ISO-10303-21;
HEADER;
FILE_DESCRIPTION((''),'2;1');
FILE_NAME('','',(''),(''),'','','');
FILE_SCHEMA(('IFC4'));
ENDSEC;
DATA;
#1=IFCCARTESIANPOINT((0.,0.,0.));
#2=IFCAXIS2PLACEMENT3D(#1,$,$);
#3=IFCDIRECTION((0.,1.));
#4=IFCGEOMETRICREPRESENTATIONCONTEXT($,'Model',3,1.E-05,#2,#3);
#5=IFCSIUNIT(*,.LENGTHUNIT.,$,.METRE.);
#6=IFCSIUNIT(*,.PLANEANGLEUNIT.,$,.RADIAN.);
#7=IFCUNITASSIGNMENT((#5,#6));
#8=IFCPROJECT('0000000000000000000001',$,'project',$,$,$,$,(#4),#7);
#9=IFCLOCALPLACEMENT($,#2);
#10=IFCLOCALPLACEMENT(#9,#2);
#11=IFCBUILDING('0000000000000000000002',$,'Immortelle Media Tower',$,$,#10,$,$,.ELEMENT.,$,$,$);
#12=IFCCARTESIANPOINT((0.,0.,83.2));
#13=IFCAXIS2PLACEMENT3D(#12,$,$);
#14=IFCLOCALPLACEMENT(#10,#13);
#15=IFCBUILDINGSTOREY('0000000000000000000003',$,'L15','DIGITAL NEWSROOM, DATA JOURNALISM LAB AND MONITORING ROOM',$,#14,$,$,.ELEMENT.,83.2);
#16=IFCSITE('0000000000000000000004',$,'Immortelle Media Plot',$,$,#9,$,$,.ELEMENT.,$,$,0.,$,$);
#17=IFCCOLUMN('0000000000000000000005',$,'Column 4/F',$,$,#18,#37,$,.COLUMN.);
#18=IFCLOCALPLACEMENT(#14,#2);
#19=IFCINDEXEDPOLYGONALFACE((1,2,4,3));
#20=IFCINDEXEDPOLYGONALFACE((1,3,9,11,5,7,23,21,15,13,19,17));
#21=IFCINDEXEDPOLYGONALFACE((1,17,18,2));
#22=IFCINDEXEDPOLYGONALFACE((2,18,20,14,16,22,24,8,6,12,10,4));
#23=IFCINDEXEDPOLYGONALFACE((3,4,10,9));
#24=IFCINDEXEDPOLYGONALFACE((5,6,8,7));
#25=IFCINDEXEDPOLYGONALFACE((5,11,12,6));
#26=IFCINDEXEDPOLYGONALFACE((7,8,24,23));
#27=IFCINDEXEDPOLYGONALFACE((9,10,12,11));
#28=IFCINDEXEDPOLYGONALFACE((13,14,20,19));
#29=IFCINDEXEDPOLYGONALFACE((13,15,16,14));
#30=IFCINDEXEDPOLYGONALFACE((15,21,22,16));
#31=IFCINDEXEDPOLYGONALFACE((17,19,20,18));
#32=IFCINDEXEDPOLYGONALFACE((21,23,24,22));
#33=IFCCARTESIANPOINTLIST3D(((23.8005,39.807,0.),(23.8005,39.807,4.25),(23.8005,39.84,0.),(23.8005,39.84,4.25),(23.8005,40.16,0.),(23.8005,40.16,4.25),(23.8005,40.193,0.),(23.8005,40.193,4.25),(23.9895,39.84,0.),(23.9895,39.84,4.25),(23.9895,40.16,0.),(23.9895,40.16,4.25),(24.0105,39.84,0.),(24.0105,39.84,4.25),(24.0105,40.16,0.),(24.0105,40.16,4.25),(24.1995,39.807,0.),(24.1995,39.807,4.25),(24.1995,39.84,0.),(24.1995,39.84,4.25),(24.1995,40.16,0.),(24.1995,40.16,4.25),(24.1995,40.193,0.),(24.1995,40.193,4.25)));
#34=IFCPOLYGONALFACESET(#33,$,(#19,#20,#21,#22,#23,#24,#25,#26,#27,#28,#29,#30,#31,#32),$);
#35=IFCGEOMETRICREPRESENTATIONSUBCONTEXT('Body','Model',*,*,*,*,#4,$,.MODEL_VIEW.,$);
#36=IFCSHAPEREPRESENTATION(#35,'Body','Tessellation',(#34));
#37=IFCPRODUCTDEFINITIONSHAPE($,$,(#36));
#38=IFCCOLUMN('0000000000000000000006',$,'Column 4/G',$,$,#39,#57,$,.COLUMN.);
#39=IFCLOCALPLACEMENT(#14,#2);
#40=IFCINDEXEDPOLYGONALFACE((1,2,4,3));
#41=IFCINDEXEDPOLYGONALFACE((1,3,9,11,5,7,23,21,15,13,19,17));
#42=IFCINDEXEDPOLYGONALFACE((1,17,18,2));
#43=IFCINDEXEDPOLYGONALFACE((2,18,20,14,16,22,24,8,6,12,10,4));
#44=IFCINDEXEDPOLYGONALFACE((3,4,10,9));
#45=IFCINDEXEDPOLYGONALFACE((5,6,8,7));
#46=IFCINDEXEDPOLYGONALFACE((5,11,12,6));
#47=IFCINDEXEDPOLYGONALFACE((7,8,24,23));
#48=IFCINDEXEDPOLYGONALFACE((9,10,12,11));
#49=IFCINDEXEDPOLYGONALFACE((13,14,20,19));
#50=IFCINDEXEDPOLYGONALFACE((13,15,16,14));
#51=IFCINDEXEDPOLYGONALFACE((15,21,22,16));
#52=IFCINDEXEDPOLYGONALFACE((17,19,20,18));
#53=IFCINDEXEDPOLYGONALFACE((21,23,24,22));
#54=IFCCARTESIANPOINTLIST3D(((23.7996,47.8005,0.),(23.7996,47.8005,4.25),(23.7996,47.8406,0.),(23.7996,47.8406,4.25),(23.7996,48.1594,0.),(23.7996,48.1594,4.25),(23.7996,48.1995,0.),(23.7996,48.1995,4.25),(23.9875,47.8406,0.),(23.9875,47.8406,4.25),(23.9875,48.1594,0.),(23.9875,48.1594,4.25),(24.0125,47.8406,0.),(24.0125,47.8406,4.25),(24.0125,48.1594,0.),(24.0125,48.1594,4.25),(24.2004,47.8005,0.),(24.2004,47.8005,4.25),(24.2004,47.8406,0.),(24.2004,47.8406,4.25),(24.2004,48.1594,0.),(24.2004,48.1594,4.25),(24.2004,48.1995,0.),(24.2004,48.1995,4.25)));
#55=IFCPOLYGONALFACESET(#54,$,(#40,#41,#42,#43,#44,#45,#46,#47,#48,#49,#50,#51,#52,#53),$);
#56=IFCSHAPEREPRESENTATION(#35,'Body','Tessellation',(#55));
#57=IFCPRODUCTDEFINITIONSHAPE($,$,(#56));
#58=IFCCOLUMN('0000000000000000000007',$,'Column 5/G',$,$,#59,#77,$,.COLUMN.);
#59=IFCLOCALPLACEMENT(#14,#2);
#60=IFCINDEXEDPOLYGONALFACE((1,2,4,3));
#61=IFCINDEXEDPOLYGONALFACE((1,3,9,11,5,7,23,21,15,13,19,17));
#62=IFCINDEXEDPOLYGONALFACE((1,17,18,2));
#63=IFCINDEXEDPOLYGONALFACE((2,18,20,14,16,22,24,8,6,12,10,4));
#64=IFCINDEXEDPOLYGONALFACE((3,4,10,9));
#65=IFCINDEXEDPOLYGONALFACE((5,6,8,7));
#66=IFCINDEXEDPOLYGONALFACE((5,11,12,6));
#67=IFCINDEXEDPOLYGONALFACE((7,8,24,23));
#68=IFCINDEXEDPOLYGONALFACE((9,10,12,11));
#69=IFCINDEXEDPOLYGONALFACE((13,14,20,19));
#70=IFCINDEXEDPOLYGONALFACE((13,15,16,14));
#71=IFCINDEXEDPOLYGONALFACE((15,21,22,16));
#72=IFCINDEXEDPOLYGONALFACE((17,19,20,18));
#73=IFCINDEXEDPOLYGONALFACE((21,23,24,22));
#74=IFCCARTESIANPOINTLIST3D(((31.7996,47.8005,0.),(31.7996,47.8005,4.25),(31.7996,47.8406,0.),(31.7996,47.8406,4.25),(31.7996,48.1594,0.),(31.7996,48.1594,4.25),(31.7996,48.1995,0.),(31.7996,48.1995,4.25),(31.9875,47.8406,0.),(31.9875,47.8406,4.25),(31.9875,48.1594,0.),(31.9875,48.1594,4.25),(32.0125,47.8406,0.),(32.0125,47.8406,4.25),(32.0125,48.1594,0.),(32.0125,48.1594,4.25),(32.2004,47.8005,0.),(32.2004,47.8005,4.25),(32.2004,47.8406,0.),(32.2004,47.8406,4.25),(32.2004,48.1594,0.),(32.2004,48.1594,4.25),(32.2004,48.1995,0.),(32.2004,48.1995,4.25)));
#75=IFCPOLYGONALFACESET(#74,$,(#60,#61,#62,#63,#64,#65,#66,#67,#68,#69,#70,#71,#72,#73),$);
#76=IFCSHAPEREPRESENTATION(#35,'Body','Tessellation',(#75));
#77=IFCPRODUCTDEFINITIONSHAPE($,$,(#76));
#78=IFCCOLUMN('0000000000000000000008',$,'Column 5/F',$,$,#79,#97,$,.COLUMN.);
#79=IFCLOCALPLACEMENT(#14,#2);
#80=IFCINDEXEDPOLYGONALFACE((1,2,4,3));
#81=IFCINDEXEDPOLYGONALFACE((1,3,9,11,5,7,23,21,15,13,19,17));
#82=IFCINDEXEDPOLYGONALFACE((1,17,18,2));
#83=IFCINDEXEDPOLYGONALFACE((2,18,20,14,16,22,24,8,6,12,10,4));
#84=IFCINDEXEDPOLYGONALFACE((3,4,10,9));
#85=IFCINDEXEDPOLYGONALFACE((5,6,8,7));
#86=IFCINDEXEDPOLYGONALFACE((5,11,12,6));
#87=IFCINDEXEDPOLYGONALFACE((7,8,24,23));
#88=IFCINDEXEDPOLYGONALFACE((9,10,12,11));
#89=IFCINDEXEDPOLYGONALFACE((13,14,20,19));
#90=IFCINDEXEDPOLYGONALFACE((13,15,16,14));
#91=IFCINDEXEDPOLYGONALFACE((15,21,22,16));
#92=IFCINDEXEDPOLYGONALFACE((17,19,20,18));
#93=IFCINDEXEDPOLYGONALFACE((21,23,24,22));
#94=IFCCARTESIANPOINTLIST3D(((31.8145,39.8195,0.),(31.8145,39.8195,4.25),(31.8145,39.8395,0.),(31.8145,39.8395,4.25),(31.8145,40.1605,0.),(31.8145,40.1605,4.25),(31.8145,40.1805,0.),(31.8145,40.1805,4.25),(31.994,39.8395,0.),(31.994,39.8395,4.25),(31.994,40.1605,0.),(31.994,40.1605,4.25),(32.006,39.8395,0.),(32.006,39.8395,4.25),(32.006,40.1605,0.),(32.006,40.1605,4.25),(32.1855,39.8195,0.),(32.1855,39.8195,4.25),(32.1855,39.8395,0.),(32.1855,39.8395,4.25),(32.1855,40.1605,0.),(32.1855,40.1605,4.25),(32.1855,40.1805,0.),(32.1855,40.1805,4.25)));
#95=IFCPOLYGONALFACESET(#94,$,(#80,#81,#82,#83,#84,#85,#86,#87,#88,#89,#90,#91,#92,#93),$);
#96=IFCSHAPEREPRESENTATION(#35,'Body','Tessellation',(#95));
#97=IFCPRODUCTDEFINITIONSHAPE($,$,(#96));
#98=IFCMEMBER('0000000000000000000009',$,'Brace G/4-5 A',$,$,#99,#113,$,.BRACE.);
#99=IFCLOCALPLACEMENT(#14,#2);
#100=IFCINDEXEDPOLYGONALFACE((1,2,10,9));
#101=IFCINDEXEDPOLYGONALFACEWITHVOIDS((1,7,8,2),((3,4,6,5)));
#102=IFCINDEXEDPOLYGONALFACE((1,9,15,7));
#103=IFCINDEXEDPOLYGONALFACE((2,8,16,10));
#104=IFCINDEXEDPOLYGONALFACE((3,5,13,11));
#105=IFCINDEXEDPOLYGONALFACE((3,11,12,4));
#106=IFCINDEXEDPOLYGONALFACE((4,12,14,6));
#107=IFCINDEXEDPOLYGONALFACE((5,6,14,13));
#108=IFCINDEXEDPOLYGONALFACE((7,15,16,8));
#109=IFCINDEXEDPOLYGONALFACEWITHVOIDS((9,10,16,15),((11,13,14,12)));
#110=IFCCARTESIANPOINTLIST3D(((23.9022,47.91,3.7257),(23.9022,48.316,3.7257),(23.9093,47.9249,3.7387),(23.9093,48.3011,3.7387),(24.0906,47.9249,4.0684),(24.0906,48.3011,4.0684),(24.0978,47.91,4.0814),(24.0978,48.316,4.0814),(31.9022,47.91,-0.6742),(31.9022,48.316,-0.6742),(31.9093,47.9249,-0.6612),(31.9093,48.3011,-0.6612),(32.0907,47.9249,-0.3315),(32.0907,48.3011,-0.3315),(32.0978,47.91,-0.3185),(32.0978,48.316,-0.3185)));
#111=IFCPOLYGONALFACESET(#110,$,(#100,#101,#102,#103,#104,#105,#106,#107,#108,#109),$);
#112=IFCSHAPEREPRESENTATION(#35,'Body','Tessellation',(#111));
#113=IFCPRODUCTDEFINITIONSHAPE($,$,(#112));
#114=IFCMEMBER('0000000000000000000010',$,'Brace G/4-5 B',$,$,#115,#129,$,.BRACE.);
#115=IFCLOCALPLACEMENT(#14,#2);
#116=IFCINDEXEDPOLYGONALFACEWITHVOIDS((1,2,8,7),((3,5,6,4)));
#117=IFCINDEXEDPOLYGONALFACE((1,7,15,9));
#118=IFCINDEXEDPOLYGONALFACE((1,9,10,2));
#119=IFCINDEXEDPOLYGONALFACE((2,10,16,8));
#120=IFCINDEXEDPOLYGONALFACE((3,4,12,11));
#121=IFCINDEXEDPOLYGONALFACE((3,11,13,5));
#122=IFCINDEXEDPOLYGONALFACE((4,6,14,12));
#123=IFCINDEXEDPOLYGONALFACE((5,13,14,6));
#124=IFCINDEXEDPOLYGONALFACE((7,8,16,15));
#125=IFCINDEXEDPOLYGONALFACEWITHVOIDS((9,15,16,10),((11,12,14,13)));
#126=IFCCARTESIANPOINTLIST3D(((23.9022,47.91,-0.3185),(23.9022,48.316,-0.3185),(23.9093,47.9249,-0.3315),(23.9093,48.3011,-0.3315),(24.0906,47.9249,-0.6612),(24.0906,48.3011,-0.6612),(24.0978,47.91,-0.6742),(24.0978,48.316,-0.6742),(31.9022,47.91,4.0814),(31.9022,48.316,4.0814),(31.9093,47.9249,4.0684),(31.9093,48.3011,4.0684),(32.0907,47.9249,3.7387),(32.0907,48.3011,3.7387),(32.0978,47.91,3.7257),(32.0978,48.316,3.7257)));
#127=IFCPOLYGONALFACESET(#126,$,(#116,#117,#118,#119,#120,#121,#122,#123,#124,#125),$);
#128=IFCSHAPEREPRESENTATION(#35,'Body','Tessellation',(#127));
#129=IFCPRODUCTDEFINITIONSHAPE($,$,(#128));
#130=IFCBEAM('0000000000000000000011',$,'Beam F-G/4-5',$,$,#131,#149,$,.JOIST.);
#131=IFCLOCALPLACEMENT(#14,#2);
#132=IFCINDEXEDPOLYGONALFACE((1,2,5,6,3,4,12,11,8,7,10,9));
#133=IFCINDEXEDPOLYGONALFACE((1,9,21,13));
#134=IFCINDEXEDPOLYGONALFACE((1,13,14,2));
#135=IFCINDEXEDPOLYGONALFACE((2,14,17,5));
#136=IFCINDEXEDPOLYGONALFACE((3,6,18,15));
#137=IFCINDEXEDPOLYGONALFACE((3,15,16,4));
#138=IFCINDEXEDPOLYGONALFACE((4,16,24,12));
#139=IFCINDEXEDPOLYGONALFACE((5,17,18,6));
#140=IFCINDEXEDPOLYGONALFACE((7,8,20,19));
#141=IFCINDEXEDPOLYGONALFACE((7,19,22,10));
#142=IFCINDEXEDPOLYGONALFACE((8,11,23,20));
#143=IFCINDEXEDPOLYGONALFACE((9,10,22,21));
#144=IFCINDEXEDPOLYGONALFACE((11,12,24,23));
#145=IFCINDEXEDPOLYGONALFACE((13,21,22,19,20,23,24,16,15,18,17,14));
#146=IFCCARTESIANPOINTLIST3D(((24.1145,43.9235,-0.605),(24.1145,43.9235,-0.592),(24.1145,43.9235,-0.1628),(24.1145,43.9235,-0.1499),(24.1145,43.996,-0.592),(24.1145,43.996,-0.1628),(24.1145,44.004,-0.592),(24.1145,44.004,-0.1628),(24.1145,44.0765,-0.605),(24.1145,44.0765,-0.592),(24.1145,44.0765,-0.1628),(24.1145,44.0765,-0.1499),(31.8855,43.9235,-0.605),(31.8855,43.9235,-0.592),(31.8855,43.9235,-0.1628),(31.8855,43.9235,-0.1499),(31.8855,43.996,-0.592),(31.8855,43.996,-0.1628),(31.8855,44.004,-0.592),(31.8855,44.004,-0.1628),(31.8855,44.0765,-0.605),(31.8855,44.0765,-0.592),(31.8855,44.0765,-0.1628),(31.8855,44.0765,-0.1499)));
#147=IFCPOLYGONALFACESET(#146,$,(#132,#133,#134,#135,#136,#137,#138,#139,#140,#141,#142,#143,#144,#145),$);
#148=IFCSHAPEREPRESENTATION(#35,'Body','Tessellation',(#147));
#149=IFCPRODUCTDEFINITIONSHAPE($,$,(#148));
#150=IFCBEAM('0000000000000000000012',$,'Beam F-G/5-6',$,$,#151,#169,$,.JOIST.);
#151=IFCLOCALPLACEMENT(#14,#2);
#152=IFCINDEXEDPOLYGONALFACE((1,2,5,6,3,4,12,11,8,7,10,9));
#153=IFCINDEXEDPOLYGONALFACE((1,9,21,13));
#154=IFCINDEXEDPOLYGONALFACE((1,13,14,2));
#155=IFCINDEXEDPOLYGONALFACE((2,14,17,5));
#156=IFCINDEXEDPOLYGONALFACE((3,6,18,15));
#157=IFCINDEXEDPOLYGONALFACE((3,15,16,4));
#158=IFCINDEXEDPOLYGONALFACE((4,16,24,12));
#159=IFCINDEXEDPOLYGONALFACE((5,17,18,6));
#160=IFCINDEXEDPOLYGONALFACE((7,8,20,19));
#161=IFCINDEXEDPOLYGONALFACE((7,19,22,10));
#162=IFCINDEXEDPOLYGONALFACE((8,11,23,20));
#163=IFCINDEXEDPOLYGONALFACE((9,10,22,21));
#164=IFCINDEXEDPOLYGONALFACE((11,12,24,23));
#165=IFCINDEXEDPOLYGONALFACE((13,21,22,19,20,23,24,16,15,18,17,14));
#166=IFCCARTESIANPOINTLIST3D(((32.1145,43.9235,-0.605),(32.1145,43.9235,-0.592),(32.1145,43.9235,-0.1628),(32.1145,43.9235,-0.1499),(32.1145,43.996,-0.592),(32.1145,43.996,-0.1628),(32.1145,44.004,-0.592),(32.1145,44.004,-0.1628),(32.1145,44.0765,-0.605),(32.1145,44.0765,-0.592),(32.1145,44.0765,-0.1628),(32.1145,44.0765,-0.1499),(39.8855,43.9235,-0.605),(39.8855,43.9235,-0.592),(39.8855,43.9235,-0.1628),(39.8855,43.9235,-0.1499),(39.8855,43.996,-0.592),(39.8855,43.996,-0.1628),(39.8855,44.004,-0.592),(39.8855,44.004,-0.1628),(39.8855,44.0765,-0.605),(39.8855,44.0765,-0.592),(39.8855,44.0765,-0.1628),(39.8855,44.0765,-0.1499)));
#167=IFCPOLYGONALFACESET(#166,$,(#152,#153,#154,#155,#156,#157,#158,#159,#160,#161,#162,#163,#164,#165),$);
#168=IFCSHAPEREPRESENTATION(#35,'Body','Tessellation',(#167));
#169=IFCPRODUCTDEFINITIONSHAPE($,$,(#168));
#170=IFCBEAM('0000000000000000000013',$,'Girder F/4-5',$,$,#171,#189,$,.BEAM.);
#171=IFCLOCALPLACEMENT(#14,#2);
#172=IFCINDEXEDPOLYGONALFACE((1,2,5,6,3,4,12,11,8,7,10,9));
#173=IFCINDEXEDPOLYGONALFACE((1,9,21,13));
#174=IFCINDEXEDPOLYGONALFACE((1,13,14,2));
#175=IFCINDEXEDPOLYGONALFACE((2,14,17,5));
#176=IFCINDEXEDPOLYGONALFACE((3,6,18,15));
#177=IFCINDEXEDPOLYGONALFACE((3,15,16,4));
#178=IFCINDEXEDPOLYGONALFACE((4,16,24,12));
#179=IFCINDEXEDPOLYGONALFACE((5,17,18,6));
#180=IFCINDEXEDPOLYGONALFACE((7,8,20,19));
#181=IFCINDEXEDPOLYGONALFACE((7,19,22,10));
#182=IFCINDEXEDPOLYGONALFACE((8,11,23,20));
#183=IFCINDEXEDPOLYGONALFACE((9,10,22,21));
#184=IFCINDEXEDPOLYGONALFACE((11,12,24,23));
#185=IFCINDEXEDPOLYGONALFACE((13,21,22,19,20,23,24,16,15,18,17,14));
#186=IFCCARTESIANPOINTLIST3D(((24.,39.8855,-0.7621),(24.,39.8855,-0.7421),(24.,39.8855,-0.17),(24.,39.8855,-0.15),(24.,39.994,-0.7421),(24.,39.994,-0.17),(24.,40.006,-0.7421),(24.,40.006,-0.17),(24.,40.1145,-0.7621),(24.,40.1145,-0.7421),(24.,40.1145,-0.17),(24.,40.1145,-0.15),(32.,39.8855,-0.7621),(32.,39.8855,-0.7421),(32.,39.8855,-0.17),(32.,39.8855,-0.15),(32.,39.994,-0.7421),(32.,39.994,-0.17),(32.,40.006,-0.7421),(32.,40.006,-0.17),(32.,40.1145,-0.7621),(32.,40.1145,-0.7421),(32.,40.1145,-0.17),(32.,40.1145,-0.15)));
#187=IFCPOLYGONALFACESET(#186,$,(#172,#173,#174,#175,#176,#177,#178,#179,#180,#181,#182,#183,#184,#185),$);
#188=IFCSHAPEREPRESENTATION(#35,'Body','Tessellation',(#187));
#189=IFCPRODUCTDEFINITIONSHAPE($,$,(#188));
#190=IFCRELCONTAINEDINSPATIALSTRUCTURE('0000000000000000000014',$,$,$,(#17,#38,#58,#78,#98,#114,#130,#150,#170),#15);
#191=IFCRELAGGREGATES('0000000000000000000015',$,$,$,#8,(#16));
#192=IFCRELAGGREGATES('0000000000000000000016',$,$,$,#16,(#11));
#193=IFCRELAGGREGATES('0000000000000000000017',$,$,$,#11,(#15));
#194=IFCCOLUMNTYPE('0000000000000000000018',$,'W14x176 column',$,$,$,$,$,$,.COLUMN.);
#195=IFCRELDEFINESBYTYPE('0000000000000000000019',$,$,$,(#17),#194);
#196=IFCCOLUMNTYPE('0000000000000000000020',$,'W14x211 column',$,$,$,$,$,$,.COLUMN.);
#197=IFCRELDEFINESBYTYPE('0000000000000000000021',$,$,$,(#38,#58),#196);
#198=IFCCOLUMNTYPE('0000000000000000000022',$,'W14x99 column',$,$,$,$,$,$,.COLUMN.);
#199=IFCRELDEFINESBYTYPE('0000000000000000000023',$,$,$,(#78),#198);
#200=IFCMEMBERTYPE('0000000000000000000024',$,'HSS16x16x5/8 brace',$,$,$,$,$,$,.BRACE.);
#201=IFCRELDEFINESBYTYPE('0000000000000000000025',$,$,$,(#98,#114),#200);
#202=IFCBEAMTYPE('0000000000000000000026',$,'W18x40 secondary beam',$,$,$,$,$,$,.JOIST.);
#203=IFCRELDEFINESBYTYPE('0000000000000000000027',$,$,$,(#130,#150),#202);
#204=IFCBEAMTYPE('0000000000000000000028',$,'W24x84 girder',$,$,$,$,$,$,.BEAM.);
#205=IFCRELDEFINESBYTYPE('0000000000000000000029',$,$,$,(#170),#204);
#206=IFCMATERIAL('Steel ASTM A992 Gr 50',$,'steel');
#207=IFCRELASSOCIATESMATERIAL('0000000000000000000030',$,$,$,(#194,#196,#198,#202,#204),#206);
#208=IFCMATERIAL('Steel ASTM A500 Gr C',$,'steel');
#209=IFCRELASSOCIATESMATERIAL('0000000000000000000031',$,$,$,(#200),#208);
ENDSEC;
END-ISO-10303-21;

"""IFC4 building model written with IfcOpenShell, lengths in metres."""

from ifc_helpers import new_model, si_unit, direction, frame, origin, origin_2d, place, context, subcontext, project, spatial, hollow_rectangle, i_section, extrude, material, material_profile, profile_set, type_object, element, save


model = new_model("IFC4")

# Units and contexts
model_context = context("Model", 3, precision=1e-05, world=origin(), true_north=direction((0.0, 1.0)))
body_context = subcontext(model_context, "Body", "Model", "MODEL_VIEW")
ifc_project = project(units=[si_unit("LENGTHUNIT", "METRE"), si_unit("PLANEANGLEUNIT", "RADIAN")], contexts=[model_context])

# Site, building, storey
site_placement = place(None, origin())
site = spatial("IfcSite", under=ifc_project, at=site_placement, Name="Immortelle Media Plot", CompositionType="ELEMENT", RefElevation=0.0)
building_placement = place(site_placement, origin())
building = spatial("IfcBuilding", under=site, at=building_placement, Name="Immortelle Media Tower", CompositionType="ELEMENT")
storey_placement = place(building_placement, frame((0.0, 0.0, 83.2)))
storey = spatial("IfcBuildingStorey", under=building, at=storey_placement, Name="L15", Description="DIGITAL NEWSROOM, DATA JOURNALISM LAB AND MONITORING ROOM", CompositionType="ELEMENT", Elevation=83.2)

# Columns
ifc_material_1 = material(Name="Steel ASTM A992 Gr 50", Category="steel")
ifc_material_profile_1 = material_profile(ifc_material_1, i_section(OverallWidth=0.3989, OverallDepth=0.386, WebThickness=0.021, FlangeThickness=0.033, at=origin_2d()), Name="W14x176")
ifc_profile_set_1 = profile_set([ifc_material_profile_1], Name="Steel ASTM A992 Gr 50")
column_type_1 = type_object("IfcColumnType", Name="W14x176 column", PredefinedType="COLUMN", material=ifc_profile_set_1)
column_1_placement = place(storey_placement, frame((24.0, 40.0, 0.0), z_axis=(0.0, 0.0, 1.0), x_axis=(1.0, 0.0, 0.0)))
element("IfcColumn", 1, at=column_1_placement, inside=storey, type_object=column_type_1, Name="Column 4/F", PredefinedType="COLUMN", context=body_context, shape_type="SweptSolid", body=[
    extrude(i_section(OverallWidth=0.3989, OverallDepth=0.386, WebThickness=0.021, FlangeThickness=0.033, at=origin_2d()), origin(), (0.0, 0.0, 1.0), 4.25),
])
ifc_material_profile_2 = material_profile(ifc_material_1, i_section(OverallWidth=0.4009, OverallDepth=0.3989, WebThickness=0.0249, FlangeThickness=0.04, at=origin_2d()), Name="W14x211")
ifc_profile_set_2 = profile_set([ifc_material_profile_2], Name="Steel ASTM A992 Gr 50")
column_type_2 = type_object("IfcColumnType", Name="W14x211 column", PredefinedType="COLUMN", material=ifc_profile_set_2)
for number, where, z_axis, x_axis, name in (
    (2, (24.0, 48.0, 0.0), (0.0, 0.0, 1.0), (1.0, 0.0, 0.0), "Column 4/G"),
    (3, (32.0, 48.0, 0.0), (0.0, 0.0, 1.0), (1.0, 0.0, 0.0), "Column 5/G"),
):
    element("IfcColumn", number, at=place(storey_placement, frame(where, z_axis=z_axis, x_axis=x_axis)), inside=storey, type_object=column_type_2, Name=name, PredefinedType="COLUMN", context=body_context, shape_type="SweptSolid", body=[
        extrude(i_section(OverallWidth=0.4009, OverallDepth=0.3989, WebThickness=0.0249, FlangeThickness=0.04, at=origin_2d()), origin(), (0.0, 0.0, 1.0), 4.25),
    ])
ifc_material_profile_3 = material_profile(ifc_material_1, i_section(OverallWidth=0.3711, OverallDepth=0.3611, WebThickness=0.012, FlangeThickness=0.02, at=origin_2d()), Name="W14x99")
ifc_profile_set_3 = profile_set([ifc_material_profile_3], Name="Steel ASTM A992 Gr 50")
column_type_3 = type_object("IfcColumnType", Name="W14x99 column", PredefinedType="COLUMN", material=ifc_profile_set_3)
column_2_placement = place(storey_placement, frame((32.0, 40.0, 0.0), z_axis=(0.0, 0.0, 1.0), x_axis=(1.0, 0.0, 0.0)))
element("IfcColumn", 4, at=column_2_placement, inside=storey, type_object=column_type_3, Name="Column 5/F", PredefinedType="COLUMN", context=body_context, shape_type="SweptSolid", body=[
    extrude(i_section(OverallWidth=0.3711, OverallDepth=0.3611, WebThickness=0.012, FlangeThickness=0.02, at=origin_2d()), origin(), (0.0, 0.0, 1.0), 4.25),
])

# Members
ifc_material_2 = material(Name="Steel ASTM A500 Gr C", Category="steel")
ifc_material_profile_4 = material_profile(ifc_material_2, hollow_rectangle(XDim=0.406, YDim=0.406, WallThickness=0.0149, at=origin_2d()), Name="HSS16x16x5/8 brace")
ifc_profile_set_4 = profile_set([ifc_material_profile_4], Name="Steel ASTM A500 Gr C")
member_type = type_object("IfcMemberType", Name="HSS16x16x5/8 brace", PredefinedType="BRACE", material=ifc_profile_set_4)
for number, where, z_axis, x_axis, name in (
    (5, (32.0, 48.113, -0.4963), (-0.87622, 0.0, 0.481911), (0.0, -1.0, 0.0), "Brace G/4-5 A"),
    (6, (32.0, 48.113, 3.9036), (-0.87622, 0.0, -0.481911), (0.0, -1.0, 0.0), "Brace G/4-5 B"),
):
    element("IfcMember", number, at=place(storey_placement, frame(where, z_axis=z_axis, x_axis=x_axis)), inside=storey, type_object=member_type, Name=name, PredefinedType="BRACE", context=body_context, shape_type="SweptSolid", body=[
        extrude(hollow_rectangle(XDim=0.406, YDim=0.406, WallThickness=0.0149, at=origin_2d()), origin(), (0.0, 0.0, 1.0), 9.1301),
    ])

# Beams
ifc_material_profile_5 = material_profile(ifc_material_1, i_section(OverallWidth=0.1531, OverallDepth=0.4551, WebThickness=0.0081, FlangeThickness=0.0129, at=origin_2d()), Name="W18x40")
ifc_profile_set_5 = profile_set([ifc_material_profile_5], Name="Steel ASTM A992 Gr 50")
beam_type_1 = type_object("IfcBeamType", Name="W18x40 secondary beam", PredefinedType="JOIST", material=ifc_profile_set_5)
for number, where, z_axis, x_axis, name in (
    (7, (24.1145, 44.0, -0.3774), (1.0, 0.0, 0.0), (0.0, 1.0, 0.0), "Beam F-G/4-5"),
    (8, (32.1145, 44.0, -0.3774), (1.0, 0.0, 0.0), (0.0, 1.0, 0.0), "Beam F-G/5-6"),
):
    element("IfcBeam", number, at=place(storey_placement, frame(where, z_axis=z_axis, x_axis=x_axis)), inside=storey, type_object=beam_type_1, Name=name, PredefinedType="JOIST", context=body_context, shape_type="SweptSolid", body=[
        extrude(i_section(OverallWidth=0.1531, OverallDepth=0.4551, WebThickness=0.0081, FlangeThickness=0.0129, at=origin_2d()), origin(), (0.0, 0.0, 1.0), 7.771),
    ])
ifc_material_profile_6 = material_profile(ifc_material_1, i_section(OverallWidth=0.229, OverallDepth=0.6121, WebThickness=0.012, FlangeThickness=0.02, at=origin_2d()), Name="W24x84")
ifc_profile_set_6 = profile_set([ifc_material_profile_6], Name="Steel ASTM A992 Gr 50")
beam_type_2 = type_object("IfcBeamType", Name="W24x84 girder", PredefinedType="BEAM", material=ifc_profile_set_6)
for number, where, z_axis, x_axis, name in (
    (9, (24.0, 40.0, -0.4561), (1.0, 0.0, 0.0), (0.0, 1.0, 0.0), "Girder F/4-5"),
):
    element("IfcBeam", number, at=place(storey_placement, frame(where, z_axis=z_axis, x_axis=x_axis)), inside=storey, type_object=beam_type_2, Name=name, PredefinedType="BEAM", context=body_context, shape_type="SweptSolid", body=[
        extrude(i_section(OverallWidth=0.229, OverallDepth=0.6121, WebThickness=0.012, FlangeThickness=0.02, at=origin_2d()), origin(), (0.0, 0.0, 1.0), 8.0),
    ])

save(model, "model.ifc")
